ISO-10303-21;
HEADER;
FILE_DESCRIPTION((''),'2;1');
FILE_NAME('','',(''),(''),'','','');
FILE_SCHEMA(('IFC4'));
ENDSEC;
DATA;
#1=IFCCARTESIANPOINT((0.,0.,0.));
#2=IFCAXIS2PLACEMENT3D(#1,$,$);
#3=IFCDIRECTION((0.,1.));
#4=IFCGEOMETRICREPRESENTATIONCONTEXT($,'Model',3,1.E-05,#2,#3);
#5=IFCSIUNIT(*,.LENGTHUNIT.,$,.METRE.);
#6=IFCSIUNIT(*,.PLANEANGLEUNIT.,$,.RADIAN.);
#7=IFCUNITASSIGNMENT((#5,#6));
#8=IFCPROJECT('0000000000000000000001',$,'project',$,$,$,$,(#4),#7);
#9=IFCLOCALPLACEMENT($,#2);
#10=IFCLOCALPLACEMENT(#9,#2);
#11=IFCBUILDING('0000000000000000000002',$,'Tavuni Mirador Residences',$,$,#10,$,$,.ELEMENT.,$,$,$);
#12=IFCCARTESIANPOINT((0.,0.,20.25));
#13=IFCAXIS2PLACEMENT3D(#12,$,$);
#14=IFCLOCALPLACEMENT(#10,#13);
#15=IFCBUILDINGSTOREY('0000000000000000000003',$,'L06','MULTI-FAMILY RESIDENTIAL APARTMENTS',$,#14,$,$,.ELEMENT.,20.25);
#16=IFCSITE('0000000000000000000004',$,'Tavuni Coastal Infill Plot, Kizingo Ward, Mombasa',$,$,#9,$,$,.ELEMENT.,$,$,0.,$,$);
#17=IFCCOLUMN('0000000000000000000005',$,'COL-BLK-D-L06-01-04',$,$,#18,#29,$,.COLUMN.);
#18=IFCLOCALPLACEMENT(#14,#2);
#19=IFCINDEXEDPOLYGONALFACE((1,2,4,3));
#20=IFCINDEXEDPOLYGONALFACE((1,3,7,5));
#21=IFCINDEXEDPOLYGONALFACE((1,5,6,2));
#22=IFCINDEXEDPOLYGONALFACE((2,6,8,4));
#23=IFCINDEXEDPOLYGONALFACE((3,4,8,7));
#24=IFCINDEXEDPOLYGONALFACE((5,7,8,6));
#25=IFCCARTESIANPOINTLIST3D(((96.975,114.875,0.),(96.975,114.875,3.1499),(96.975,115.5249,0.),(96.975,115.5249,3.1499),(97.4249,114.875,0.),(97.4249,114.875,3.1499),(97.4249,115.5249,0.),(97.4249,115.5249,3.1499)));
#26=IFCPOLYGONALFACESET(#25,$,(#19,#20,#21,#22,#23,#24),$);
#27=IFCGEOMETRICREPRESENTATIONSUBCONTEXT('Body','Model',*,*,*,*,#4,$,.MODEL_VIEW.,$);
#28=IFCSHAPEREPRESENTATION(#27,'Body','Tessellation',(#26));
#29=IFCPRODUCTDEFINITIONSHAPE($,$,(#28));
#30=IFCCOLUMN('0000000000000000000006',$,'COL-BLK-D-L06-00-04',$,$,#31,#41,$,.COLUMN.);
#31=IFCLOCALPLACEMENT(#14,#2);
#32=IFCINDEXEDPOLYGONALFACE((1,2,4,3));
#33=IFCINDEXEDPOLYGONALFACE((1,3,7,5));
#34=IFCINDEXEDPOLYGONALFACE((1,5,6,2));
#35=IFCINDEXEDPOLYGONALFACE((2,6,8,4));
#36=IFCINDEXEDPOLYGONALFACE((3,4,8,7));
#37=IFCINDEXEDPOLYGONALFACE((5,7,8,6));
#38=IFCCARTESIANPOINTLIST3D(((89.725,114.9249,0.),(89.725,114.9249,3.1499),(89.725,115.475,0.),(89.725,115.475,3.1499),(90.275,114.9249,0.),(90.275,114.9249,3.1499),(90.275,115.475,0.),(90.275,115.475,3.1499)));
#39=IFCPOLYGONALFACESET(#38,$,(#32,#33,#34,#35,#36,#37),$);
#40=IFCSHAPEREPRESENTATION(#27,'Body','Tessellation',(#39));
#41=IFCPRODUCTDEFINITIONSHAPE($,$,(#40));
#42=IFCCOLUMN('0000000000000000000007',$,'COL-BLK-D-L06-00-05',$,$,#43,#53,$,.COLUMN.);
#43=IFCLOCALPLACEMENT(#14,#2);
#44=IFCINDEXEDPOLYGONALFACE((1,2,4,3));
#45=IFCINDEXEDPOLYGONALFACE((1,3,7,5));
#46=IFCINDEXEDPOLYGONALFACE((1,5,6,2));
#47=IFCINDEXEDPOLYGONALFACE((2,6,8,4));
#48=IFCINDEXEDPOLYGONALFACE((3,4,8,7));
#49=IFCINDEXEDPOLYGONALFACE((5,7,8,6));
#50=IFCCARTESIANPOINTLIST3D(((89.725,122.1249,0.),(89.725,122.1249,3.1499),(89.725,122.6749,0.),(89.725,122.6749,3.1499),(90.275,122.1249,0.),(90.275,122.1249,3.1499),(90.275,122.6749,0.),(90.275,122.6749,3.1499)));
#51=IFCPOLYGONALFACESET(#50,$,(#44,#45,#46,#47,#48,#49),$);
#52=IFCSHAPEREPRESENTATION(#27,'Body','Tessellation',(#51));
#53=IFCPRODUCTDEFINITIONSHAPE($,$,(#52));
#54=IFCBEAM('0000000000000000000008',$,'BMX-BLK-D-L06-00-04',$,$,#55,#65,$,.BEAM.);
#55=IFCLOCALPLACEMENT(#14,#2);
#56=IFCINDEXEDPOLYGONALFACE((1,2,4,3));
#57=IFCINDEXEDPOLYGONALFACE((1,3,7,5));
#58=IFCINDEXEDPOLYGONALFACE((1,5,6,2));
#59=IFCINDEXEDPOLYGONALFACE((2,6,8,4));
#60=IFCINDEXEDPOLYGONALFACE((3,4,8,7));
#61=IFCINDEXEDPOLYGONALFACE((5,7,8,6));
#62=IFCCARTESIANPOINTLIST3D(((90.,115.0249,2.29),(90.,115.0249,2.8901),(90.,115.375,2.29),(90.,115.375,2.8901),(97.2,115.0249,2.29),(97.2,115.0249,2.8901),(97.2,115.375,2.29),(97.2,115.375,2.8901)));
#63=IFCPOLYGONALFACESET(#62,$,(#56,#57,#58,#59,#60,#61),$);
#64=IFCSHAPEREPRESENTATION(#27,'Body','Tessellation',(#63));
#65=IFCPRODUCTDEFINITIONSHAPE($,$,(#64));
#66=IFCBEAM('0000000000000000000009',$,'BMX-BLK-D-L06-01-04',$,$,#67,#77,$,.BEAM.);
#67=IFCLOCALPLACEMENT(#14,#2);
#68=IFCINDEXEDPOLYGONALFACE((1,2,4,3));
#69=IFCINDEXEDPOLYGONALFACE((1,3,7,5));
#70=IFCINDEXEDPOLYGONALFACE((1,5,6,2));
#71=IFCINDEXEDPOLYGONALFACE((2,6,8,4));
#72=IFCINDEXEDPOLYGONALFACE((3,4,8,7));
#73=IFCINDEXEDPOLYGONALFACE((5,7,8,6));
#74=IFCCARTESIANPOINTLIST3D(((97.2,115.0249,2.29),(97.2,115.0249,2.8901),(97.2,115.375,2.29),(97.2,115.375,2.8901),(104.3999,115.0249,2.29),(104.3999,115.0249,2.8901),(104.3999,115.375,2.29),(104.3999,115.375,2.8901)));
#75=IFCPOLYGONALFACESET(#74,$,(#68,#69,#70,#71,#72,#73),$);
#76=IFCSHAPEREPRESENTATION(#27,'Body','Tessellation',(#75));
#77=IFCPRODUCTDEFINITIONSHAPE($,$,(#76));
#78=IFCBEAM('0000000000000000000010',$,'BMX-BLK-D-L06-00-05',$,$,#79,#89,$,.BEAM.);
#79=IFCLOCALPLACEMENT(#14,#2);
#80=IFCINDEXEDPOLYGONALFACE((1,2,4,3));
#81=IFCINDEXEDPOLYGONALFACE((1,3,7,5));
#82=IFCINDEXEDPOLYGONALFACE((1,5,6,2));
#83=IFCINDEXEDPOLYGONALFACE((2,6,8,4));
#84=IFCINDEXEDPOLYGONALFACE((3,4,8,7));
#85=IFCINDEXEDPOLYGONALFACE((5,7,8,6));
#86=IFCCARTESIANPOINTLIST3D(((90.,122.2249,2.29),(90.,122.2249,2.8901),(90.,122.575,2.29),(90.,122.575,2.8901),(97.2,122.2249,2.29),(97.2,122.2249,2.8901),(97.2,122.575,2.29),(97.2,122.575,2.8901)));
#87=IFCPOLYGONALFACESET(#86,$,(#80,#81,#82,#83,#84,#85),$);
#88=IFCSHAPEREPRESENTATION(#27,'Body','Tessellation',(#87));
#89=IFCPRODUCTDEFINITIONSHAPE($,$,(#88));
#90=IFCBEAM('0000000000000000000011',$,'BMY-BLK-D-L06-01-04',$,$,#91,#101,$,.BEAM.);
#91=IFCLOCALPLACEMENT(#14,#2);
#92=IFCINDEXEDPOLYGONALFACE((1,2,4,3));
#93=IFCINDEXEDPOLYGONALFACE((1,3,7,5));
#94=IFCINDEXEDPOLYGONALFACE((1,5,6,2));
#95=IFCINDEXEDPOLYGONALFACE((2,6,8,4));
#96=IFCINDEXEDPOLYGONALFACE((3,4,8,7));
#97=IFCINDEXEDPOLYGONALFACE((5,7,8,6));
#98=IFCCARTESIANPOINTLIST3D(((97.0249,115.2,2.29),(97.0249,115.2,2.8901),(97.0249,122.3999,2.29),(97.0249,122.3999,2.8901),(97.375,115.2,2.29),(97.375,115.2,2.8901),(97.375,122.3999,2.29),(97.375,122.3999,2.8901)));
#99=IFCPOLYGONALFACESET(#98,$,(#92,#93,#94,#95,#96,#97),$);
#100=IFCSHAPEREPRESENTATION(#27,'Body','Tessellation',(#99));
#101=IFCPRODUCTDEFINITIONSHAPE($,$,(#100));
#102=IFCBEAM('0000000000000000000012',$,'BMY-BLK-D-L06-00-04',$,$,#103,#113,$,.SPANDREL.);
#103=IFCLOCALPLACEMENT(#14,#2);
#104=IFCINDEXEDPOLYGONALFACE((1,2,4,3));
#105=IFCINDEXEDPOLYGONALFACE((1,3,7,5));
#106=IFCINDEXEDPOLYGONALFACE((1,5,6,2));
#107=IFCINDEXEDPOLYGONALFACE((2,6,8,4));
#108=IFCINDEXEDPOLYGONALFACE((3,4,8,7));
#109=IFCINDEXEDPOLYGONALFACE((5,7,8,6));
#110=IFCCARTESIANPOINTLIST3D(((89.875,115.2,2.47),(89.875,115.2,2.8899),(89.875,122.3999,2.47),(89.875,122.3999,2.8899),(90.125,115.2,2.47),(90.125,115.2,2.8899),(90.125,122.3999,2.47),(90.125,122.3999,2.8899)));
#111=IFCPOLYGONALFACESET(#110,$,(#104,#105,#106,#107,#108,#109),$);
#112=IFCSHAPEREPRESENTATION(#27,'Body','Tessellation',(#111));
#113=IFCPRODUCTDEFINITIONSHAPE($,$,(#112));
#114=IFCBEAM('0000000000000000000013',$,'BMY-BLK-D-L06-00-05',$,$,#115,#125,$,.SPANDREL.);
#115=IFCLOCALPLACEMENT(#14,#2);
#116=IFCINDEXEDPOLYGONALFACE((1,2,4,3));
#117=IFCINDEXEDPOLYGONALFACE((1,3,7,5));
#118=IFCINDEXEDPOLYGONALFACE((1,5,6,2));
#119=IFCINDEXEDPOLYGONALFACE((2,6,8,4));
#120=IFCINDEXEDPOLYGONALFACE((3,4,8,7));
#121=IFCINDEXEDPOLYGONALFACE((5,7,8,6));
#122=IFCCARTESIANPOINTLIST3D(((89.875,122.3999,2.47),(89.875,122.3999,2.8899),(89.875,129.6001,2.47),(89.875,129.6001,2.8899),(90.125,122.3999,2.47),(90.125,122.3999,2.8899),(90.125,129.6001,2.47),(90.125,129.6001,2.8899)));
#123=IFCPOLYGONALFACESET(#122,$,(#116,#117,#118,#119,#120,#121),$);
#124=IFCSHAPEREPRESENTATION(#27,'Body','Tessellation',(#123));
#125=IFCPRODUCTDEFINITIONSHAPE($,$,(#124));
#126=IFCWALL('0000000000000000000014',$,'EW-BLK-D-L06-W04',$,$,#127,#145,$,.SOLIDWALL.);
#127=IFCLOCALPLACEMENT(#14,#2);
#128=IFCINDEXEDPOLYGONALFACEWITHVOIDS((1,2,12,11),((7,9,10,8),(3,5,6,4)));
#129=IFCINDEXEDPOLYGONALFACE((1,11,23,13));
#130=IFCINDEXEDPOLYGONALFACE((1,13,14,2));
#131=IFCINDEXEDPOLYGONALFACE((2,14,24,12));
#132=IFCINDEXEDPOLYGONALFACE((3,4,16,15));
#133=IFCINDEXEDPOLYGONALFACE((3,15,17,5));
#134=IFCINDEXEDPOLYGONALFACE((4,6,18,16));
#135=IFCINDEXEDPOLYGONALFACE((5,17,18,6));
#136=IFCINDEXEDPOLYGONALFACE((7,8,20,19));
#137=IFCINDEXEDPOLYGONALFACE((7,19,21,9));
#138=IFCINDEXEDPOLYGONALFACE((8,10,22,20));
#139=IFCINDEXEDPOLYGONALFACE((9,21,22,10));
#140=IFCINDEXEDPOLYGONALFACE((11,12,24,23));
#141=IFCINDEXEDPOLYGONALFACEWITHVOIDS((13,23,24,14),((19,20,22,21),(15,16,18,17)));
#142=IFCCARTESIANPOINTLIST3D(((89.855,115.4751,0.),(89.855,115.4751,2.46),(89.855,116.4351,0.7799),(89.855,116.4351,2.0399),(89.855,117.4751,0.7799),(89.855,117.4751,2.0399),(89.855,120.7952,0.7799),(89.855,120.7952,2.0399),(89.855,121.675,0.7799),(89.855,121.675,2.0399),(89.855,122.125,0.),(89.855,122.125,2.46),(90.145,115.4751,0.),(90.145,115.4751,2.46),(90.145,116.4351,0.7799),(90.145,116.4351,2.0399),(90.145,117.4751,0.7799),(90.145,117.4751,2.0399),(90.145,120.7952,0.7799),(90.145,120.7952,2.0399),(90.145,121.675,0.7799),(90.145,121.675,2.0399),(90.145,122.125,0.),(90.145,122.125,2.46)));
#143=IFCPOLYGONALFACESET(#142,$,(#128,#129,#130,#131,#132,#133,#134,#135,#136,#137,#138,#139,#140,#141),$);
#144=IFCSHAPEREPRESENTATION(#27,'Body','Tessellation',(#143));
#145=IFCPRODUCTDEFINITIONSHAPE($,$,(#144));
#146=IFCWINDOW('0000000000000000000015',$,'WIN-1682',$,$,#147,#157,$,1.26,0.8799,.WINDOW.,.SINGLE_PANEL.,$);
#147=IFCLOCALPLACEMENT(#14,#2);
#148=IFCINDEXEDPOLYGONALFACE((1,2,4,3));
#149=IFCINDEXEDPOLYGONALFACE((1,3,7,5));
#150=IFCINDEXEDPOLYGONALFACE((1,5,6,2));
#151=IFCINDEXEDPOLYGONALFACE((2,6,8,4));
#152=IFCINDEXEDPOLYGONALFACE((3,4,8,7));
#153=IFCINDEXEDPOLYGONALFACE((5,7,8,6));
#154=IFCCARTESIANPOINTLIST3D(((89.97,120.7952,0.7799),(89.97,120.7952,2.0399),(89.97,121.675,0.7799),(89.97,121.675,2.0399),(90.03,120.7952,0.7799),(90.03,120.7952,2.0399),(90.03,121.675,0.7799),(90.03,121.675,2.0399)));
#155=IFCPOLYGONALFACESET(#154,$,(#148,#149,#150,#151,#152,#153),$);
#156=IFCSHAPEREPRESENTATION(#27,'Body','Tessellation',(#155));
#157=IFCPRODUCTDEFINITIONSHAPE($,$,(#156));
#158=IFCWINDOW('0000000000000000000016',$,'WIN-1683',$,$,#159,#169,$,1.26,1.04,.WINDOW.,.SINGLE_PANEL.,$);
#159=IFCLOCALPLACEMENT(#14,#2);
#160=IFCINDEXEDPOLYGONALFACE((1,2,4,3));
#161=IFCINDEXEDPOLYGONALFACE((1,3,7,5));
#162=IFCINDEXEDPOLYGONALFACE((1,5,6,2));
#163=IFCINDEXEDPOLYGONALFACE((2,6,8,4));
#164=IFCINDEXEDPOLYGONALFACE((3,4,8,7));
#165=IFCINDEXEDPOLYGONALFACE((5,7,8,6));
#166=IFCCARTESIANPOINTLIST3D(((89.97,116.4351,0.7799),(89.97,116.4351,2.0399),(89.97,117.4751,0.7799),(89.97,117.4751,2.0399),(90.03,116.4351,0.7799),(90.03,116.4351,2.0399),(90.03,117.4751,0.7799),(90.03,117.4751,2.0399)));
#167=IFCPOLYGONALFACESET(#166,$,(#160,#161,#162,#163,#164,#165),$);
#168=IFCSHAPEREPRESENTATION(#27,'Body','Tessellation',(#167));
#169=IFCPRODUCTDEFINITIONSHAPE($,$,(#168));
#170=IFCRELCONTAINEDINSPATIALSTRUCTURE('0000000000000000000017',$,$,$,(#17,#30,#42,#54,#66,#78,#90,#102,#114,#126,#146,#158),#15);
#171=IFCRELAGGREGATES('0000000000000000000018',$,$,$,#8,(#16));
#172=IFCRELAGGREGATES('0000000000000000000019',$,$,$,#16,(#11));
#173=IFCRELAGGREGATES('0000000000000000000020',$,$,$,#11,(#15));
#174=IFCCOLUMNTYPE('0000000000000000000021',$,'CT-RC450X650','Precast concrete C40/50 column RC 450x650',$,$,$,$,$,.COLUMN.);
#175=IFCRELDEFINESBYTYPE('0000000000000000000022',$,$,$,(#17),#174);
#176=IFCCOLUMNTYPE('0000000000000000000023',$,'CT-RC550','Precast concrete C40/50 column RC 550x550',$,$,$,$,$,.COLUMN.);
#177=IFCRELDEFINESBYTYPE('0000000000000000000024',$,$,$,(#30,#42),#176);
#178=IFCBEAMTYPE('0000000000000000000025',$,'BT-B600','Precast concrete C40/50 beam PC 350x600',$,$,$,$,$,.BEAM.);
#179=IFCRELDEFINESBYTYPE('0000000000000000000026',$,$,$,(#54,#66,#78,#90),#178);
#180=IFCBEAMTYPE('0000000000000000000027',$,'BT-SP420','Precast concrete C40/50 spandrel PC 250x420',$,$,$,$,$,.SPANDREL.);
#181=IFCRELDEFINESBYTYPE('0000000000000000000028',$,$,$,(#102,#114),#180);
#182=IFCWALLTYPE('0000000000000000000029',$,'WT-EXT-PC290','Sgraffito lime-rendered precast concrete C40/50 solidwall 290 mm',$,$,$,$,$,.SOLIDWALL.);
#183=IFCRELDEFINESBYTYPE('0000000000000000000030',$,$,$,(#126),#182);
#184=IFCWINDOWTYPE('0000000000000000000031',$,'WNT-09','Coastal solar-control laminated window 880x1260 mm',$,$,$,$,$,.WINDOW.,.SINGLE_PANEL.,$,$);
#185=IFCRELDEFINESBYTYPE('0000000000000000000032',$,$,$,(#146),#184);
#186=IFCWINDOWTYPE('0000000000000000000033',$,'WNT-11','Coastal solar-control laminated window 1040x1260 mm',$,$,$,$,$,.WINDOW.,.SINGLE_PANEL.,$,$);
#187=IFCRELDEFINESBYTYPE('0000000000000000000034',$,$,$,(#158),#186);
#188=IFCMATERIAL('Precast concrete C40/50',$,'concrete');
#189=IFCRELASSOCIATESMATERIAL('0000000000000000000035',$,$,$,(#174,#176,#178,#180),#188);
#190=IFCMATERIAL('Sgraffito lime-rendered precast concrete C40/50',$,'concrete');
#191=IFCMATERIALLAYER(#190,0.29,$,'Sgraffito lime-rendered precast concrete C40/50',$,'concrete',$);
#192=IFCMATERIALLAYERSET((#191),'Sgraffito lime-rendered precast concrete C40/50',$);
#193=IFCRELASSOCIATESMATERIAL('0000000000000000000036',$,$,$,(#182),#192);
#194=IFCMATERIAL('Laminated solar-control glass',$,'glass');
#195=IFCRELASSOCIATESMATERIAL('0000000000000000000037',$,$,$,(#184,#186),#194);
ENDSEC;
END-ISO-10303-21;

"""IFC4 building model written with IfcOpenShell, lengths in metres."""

from ifc_helpers import new_model, si_unit, direction, frame, frame_2d, origin, origin_2d, place, context, subcontext, project, spatial, rectangle, extrude, material, layer, layer_set, material_profile, profile_set, type_object, element, fill, save


model = new_model("IFC4")

# Units and contexts
model_context = context("Model", 3, precision=1e-05, world=origin(), true_north=direction((0.0, 1.0)))
body_context = subcontext(model_context, "Body", "Model", "MODEL_VIEW")
ifc_project = project(units=[si_unit("LENGTHUNIT", "METRE"), si_unit("PLANEANGLEUNIT", "RADIAN")], contexts=[model_context])

# Site, building, storey
site_placement = place(None, origin())
site = spatial("IfcSite", under=ifc_project, at=site_placement, Name="Tavuni Coastal Infill Plot, Kizingo Ward, Mombasa", CompositionType="ELEMENT", RefElevation=0.0)
building_placement = place(site_placement, origin())
building = spatial("IfcBuilding", under=site, at=building_placement, Name="Tavuni Mirador Residences", CompositionType="ELEMENT")
storey_placement = place(building_placement, frame((0.0, 0.0, 20.25)))
storey = spatial("IfcBuildingStorey", under=building, at=storey_placement, Name="L06", Description="MULTI-FAMILY RESIDENTIAL APARTMENTS", CompositionType="ELEMENT", Elevation=20.25)

# Columns
ifc_material_1 = material(Name="Precast concrete C40/50", Category="concrete")
ifc_material_profile_1 = material_profile(ifc_material_1, rectangle(XDim=0.45, YDim=0.6499, at=origin_2d()), Name="RC 450x650", Category="concrete")
ifc_profile_set_1 = profile_set([ifc_material_profile_1], Name="Precast concrete C40/50")
column_type_1 = type_object("IfcColumnType", Name="CT-RC450X650", Description="Precast concrete C40/50 column RC 450x650", PredefinedType="COLUMN", material=ifc_profile_set_1)
column_placement = place(storey_placement, frame((97.2, 115.2, 0.0), z_axis=(0.0, 0.0, 1.0), x_axis=(1.0, 0.0, 0.0)))
element("IfcColumn", 1, at=column_placement, inside=storey, type_object=column_type_1, Name="COL-BLK-D-L06-01-04", PredefinedType="COLUMN", context=body_context, shape_type="SweptSolid", body=[
    extrude(rectangle(XDim=0.45, YDim=0.6499, at=origin_2d()), origin(), (0.0, 0.0, 1.0), 3.1499),
])
ifc_material_profile_2 = material_profile(ifc_material_1, rectangle(XDim=0.55, YDim=0.55, at=origin_2d()), Name="RC 550x550", Category="concrete")
ifc_profile_set_2 = profile_set([ifc_material_profile_2], Name="Precast concrete C40/50")
column_type_2 = type_object("IfcColumnType", Name="CT-RC550", Description="Precast concrete C40/50 column RC 550x550", PredefinedType="COLUMN", material=ifc_profile_set_2)
for number, where, z_axis, x_axis, name in (
    (2, (90.0, 115.2, 0.0), (0.0, 0.0, 1.0), (1.0, 0.0, 0.0), "COL-BLK-D-L06-00-04"),
    (3, (90.0, 122.3999, 0.0), (0.0, 0.0, 1.0), (1.0, 0.0, 0.0), "COL-BLK-D-L06-00-05"),
):
    element("IfcColumn", number, at=place(storey_placement, frame(where, z_axis=z_axis, x_axis=x_axis)), inside=storey, type_object=column_type_2, Name=name, PredefinedType="COLUMN", context=body_context, shape_type="SweptSolid", body=[
        extrude(rectangle(XDim=0.55, YDim=0.55, at=origin_2d()), origin(), (0.0, 0.0, 1.0), 3.1499),
    ])

# Beams
ifc_material_profile_3 = material_profile(ifc_material_1, rectangle(XDim=0.3501, YDim=0.6001, at=origin_2d()), Name="PC 350x600", Category="concrete")
ifc_profile_set_3 = profile_set([ifc_material_profile_3], Name="Precast concrete C40/50")
beam_type_1 = type_object("IfcBeamType", Name="BT-B600", Description="Precast concrete C40/50 beam PC 350x600", PredefinedType="BEAM", material=ifc_profile_set_3)
for number, where, z_axis, x_axis, name in (
    (4, (90.0, 115.2, 2.5901), (1.0, 0.0, 0.0), (0.0, 1.0, 0.0), "BMX-BLK-D-L06-00-04"),
    (5, (97.2, 115.2, 2.5901), (1.0, 0.0, 0.0), (0.0, 1.0, 0.0), "BMX-BLK-D-L06-01-04"),
    (6, (90.0, 122.3999, 2.5901), (1.0, 0.0, 0.0), (0.0, 1.0, 0.0), "BMX-BLK-D-L06-00-05"),
    (7, (97.2, 115.2, 2.5901), (0.0, 1.0, 0.0), (-1.0, 0.0, 0.0), "BMY-BLK-D-L06-01-04"),
):
    element("IfcBeam", number, at=place(storey_placement, frame(where, z_axis=z_axis, x_axis=x_axis)), inside=storey, type_object=beam_type_1, Name=name, PredefinedType="BEAM", context=body_context, shape_type="SweptSolid", body=[
        extrude(rectangle(XDim=0.3501, YDim=0.6001, at=origin_2d()), origin(), (0.0, 0.0, 1.0), 7.2),
    ])
ifc_material_profile_4 = material_profile(ifc_material_1, rectangle(XDim=0.25, YDim=0.4199, at=origin_2d()), Name="PC 250x420", Category="concrete")
ifc_profile_set_4 = profile_set([ifc_material_profile_4], Name="Precast concrete C40/50")
beam_type_2 = type_object("IfcBeamType", Name="BT-SP420", Description="Precast concrete C40/50 spandrel PC 250x420", PredefinedType="SPANDREL", material=ifc_profile_set_4)
beam_1_placement = place(storey_placement, frame((90.0, 115.2, 2.6799), z_axis=(0.0, 1.0, 0.0), x_axis=(-1.0, 0.0, 0.0)))
element("IfcBeam", 8, at=beam_1_placement, inside=storey, type_object=beam_type_2, Name="BMY-BLK-D-L06-00-04", PredefinedType="SPANDREL", context=body_context, shape_type="SweptSolid", body=[
    extrude(rectangle(XDim=0.25, YDim=0.4199, at=origin_2d()), origin(), (0.0, 0.0, 1.0), 7.2),
])
beam_2_placement = place(storey_placement, frame((90.0, 122.3999, 2.6799), z_axis=(0.0, 1.0, 0.0), x_axis=(-1.0, 0.0, 0.0)))
element("IfcBeam", 9, at=beam_2_placement, inside=storey, type_object=beam_type_2, Name="BMY-BLK-D-L06-00-05", PredefinedType="SPANDREL", context=body_context, shape_type="SweptSolid", body=[
    extrude(rectangle(XDim=0.25, YDim=0.4199, at=origin_2d()), origin(), (0.0, 0.0, 1.0), 7.2002),
])

# Wall, openings, windows
ifc_material_2 = material(Name="Sgraffito lime-rendered precast concrete C40/50", Category="concrete")
ifc_layer_1 = layer(ifc_material_2, 0.29, Name="Sgraffito lime-rendered precast concrete C40/50", Category="concrete")
ifc_layer_set_1 = layer_set([ifc_layer_1], Name="Sgraffito lime-rendered precast concrete C40/50")
wall_type_1 = type_object("IfcWallType", Name="WT-EXT-PC290", Description="Sgraffito lime-rendered precast concrete C40/50 solidwall 290 mm", PredefinedType="SOLIDWALL", material=ifc_layer_set_1)
wall_1_placement = place(storey_placement, frame((90.0, 122.125, 0.0), z_axis=(0.0, 0.0, 1.0), x_axis=(0.0, -1.0, 0.0)))
wall_1 = element("IfcWall", 10, at=wall_1_placement, inside=storey, type_object=wall_type_1, Name="EW-BLK-D-L06-W04", PredefinedType="SOLIDWALL", context=body_context, shape_type="SweptSolid", body=[
    extrude(rectangle(XDim=6.6499, YDim=0.29, at=frame_2d((3.325, 0.0))), origin(), (0.0, 0.0, 1.0), 2.46),
])
opening_1_placement = place(wall_1_placement, frame((0.45, 0.0, 0.78)))
opening_1 = element("IfcOpeningElement", 11, at=opening_1_placement, cuts=wall_1, PredefinedType="OPENING", context=body_context, shape_type="SweptSolid", body=[
    extrude(rectangle(XDim=0.8799, YDim=1.26, at=frame_2d((0.4399, 0.6299))), frame((0.0, 0.155, 0.0), z_axis=(0.0, -1.0, 0.0), x_axis=(1.0, 0.0, 0.0)), (0.0, 0.0, 1.0), 0.3101),
])
opening_2_placement = place(wall_1_placement, frame((4.6499, 0.0, 0.78)))
opening_2 = element("IfcOpeningElement", 12, at=opening_2_placement, cuts=wall_1, PredefinedType="OPENING", context=body_context, shape_type="SweptSolid", body=[
    extrude(rectangle(XDim=1.04, YDim=1.26, at=frame_2d((0.52, 0.6299))), frame((0.0, 0.155, 0.0), z_axis=(0.0, -1.0, 0.0), x_axis=(1.0, 0.0, 0.0)), (0.0, 0.0, 1.0), 0.3101),
])
ifc_material_3 = material(Name="Laminated solar-control glass", Category="glass")
window_type_1 = type_object("IfcWindowType", Name="WNT-09", Description="Coastal solar-control laminated window 880x1260 mm", PartitioningType="SINGLE_PANEL", PredefinedType="WINDOW", material=ifc_material_3)
window_1_placement = place(opening_1_placement, origin())
window_1 = element("IfcWindow", 13, at=window_1_placement, inside=storey, type_object=window_type_1, Name="WIN-1682", OverallHeight=1.26, OverallWidth=0.8799, PartitioningType="SINGLE_PANEL", PredefinedType="WINDOW", context=body_context, shape_type="SweptSolid", body=[
    extrude(rectangle(XDim=0.8799, YDim=1.26, at=frame_2d((0.4399, 0.6299))), frame((0.0, 0.03, 0.0), z_axis=(0.0, -1.0, 0.0), x_axis=(1.0, 0.0, 0.0)), (0.0, 0.0, 1.0), 0.0601),
])
fill(opening_1, window_1)
window_type_2 = type_object("IfcWindowType", Name="WNT-11", Description="Coastal solar-control laminated window 1040x1260 mm", PartitioningType="SINGLE_PANEL", PredefinedType="WINDOW", material=ifc_material_3)
window_2_placement = place(opening_2_placement, origin())
window_2 = element("IfcWindow", 14, at=window_2_placement, inside=storey, type_object=window_type_2, Name="WIN-1683", OverallHeight=1.26, OverallWidth=1.04, PartitioningType="SINGLE_PANEL", PredefinedType="WINDOW", context=body_context, shape_type="SweptSolid", body=[
    extrude(rectangle(XDim=1.04, YDim=1.26, at=frame_2d((0.52, 0.6299))), frame((0.0, 0.03, 0.0), z_axis=(0.0, -1.0, 0.0), x_axis=(1.0, 0.0, 0.0)), (0.0, 0.0, 1.0), 0.0601),
])
fill(opening_2, window_2)

save(model, "model.ifc")
